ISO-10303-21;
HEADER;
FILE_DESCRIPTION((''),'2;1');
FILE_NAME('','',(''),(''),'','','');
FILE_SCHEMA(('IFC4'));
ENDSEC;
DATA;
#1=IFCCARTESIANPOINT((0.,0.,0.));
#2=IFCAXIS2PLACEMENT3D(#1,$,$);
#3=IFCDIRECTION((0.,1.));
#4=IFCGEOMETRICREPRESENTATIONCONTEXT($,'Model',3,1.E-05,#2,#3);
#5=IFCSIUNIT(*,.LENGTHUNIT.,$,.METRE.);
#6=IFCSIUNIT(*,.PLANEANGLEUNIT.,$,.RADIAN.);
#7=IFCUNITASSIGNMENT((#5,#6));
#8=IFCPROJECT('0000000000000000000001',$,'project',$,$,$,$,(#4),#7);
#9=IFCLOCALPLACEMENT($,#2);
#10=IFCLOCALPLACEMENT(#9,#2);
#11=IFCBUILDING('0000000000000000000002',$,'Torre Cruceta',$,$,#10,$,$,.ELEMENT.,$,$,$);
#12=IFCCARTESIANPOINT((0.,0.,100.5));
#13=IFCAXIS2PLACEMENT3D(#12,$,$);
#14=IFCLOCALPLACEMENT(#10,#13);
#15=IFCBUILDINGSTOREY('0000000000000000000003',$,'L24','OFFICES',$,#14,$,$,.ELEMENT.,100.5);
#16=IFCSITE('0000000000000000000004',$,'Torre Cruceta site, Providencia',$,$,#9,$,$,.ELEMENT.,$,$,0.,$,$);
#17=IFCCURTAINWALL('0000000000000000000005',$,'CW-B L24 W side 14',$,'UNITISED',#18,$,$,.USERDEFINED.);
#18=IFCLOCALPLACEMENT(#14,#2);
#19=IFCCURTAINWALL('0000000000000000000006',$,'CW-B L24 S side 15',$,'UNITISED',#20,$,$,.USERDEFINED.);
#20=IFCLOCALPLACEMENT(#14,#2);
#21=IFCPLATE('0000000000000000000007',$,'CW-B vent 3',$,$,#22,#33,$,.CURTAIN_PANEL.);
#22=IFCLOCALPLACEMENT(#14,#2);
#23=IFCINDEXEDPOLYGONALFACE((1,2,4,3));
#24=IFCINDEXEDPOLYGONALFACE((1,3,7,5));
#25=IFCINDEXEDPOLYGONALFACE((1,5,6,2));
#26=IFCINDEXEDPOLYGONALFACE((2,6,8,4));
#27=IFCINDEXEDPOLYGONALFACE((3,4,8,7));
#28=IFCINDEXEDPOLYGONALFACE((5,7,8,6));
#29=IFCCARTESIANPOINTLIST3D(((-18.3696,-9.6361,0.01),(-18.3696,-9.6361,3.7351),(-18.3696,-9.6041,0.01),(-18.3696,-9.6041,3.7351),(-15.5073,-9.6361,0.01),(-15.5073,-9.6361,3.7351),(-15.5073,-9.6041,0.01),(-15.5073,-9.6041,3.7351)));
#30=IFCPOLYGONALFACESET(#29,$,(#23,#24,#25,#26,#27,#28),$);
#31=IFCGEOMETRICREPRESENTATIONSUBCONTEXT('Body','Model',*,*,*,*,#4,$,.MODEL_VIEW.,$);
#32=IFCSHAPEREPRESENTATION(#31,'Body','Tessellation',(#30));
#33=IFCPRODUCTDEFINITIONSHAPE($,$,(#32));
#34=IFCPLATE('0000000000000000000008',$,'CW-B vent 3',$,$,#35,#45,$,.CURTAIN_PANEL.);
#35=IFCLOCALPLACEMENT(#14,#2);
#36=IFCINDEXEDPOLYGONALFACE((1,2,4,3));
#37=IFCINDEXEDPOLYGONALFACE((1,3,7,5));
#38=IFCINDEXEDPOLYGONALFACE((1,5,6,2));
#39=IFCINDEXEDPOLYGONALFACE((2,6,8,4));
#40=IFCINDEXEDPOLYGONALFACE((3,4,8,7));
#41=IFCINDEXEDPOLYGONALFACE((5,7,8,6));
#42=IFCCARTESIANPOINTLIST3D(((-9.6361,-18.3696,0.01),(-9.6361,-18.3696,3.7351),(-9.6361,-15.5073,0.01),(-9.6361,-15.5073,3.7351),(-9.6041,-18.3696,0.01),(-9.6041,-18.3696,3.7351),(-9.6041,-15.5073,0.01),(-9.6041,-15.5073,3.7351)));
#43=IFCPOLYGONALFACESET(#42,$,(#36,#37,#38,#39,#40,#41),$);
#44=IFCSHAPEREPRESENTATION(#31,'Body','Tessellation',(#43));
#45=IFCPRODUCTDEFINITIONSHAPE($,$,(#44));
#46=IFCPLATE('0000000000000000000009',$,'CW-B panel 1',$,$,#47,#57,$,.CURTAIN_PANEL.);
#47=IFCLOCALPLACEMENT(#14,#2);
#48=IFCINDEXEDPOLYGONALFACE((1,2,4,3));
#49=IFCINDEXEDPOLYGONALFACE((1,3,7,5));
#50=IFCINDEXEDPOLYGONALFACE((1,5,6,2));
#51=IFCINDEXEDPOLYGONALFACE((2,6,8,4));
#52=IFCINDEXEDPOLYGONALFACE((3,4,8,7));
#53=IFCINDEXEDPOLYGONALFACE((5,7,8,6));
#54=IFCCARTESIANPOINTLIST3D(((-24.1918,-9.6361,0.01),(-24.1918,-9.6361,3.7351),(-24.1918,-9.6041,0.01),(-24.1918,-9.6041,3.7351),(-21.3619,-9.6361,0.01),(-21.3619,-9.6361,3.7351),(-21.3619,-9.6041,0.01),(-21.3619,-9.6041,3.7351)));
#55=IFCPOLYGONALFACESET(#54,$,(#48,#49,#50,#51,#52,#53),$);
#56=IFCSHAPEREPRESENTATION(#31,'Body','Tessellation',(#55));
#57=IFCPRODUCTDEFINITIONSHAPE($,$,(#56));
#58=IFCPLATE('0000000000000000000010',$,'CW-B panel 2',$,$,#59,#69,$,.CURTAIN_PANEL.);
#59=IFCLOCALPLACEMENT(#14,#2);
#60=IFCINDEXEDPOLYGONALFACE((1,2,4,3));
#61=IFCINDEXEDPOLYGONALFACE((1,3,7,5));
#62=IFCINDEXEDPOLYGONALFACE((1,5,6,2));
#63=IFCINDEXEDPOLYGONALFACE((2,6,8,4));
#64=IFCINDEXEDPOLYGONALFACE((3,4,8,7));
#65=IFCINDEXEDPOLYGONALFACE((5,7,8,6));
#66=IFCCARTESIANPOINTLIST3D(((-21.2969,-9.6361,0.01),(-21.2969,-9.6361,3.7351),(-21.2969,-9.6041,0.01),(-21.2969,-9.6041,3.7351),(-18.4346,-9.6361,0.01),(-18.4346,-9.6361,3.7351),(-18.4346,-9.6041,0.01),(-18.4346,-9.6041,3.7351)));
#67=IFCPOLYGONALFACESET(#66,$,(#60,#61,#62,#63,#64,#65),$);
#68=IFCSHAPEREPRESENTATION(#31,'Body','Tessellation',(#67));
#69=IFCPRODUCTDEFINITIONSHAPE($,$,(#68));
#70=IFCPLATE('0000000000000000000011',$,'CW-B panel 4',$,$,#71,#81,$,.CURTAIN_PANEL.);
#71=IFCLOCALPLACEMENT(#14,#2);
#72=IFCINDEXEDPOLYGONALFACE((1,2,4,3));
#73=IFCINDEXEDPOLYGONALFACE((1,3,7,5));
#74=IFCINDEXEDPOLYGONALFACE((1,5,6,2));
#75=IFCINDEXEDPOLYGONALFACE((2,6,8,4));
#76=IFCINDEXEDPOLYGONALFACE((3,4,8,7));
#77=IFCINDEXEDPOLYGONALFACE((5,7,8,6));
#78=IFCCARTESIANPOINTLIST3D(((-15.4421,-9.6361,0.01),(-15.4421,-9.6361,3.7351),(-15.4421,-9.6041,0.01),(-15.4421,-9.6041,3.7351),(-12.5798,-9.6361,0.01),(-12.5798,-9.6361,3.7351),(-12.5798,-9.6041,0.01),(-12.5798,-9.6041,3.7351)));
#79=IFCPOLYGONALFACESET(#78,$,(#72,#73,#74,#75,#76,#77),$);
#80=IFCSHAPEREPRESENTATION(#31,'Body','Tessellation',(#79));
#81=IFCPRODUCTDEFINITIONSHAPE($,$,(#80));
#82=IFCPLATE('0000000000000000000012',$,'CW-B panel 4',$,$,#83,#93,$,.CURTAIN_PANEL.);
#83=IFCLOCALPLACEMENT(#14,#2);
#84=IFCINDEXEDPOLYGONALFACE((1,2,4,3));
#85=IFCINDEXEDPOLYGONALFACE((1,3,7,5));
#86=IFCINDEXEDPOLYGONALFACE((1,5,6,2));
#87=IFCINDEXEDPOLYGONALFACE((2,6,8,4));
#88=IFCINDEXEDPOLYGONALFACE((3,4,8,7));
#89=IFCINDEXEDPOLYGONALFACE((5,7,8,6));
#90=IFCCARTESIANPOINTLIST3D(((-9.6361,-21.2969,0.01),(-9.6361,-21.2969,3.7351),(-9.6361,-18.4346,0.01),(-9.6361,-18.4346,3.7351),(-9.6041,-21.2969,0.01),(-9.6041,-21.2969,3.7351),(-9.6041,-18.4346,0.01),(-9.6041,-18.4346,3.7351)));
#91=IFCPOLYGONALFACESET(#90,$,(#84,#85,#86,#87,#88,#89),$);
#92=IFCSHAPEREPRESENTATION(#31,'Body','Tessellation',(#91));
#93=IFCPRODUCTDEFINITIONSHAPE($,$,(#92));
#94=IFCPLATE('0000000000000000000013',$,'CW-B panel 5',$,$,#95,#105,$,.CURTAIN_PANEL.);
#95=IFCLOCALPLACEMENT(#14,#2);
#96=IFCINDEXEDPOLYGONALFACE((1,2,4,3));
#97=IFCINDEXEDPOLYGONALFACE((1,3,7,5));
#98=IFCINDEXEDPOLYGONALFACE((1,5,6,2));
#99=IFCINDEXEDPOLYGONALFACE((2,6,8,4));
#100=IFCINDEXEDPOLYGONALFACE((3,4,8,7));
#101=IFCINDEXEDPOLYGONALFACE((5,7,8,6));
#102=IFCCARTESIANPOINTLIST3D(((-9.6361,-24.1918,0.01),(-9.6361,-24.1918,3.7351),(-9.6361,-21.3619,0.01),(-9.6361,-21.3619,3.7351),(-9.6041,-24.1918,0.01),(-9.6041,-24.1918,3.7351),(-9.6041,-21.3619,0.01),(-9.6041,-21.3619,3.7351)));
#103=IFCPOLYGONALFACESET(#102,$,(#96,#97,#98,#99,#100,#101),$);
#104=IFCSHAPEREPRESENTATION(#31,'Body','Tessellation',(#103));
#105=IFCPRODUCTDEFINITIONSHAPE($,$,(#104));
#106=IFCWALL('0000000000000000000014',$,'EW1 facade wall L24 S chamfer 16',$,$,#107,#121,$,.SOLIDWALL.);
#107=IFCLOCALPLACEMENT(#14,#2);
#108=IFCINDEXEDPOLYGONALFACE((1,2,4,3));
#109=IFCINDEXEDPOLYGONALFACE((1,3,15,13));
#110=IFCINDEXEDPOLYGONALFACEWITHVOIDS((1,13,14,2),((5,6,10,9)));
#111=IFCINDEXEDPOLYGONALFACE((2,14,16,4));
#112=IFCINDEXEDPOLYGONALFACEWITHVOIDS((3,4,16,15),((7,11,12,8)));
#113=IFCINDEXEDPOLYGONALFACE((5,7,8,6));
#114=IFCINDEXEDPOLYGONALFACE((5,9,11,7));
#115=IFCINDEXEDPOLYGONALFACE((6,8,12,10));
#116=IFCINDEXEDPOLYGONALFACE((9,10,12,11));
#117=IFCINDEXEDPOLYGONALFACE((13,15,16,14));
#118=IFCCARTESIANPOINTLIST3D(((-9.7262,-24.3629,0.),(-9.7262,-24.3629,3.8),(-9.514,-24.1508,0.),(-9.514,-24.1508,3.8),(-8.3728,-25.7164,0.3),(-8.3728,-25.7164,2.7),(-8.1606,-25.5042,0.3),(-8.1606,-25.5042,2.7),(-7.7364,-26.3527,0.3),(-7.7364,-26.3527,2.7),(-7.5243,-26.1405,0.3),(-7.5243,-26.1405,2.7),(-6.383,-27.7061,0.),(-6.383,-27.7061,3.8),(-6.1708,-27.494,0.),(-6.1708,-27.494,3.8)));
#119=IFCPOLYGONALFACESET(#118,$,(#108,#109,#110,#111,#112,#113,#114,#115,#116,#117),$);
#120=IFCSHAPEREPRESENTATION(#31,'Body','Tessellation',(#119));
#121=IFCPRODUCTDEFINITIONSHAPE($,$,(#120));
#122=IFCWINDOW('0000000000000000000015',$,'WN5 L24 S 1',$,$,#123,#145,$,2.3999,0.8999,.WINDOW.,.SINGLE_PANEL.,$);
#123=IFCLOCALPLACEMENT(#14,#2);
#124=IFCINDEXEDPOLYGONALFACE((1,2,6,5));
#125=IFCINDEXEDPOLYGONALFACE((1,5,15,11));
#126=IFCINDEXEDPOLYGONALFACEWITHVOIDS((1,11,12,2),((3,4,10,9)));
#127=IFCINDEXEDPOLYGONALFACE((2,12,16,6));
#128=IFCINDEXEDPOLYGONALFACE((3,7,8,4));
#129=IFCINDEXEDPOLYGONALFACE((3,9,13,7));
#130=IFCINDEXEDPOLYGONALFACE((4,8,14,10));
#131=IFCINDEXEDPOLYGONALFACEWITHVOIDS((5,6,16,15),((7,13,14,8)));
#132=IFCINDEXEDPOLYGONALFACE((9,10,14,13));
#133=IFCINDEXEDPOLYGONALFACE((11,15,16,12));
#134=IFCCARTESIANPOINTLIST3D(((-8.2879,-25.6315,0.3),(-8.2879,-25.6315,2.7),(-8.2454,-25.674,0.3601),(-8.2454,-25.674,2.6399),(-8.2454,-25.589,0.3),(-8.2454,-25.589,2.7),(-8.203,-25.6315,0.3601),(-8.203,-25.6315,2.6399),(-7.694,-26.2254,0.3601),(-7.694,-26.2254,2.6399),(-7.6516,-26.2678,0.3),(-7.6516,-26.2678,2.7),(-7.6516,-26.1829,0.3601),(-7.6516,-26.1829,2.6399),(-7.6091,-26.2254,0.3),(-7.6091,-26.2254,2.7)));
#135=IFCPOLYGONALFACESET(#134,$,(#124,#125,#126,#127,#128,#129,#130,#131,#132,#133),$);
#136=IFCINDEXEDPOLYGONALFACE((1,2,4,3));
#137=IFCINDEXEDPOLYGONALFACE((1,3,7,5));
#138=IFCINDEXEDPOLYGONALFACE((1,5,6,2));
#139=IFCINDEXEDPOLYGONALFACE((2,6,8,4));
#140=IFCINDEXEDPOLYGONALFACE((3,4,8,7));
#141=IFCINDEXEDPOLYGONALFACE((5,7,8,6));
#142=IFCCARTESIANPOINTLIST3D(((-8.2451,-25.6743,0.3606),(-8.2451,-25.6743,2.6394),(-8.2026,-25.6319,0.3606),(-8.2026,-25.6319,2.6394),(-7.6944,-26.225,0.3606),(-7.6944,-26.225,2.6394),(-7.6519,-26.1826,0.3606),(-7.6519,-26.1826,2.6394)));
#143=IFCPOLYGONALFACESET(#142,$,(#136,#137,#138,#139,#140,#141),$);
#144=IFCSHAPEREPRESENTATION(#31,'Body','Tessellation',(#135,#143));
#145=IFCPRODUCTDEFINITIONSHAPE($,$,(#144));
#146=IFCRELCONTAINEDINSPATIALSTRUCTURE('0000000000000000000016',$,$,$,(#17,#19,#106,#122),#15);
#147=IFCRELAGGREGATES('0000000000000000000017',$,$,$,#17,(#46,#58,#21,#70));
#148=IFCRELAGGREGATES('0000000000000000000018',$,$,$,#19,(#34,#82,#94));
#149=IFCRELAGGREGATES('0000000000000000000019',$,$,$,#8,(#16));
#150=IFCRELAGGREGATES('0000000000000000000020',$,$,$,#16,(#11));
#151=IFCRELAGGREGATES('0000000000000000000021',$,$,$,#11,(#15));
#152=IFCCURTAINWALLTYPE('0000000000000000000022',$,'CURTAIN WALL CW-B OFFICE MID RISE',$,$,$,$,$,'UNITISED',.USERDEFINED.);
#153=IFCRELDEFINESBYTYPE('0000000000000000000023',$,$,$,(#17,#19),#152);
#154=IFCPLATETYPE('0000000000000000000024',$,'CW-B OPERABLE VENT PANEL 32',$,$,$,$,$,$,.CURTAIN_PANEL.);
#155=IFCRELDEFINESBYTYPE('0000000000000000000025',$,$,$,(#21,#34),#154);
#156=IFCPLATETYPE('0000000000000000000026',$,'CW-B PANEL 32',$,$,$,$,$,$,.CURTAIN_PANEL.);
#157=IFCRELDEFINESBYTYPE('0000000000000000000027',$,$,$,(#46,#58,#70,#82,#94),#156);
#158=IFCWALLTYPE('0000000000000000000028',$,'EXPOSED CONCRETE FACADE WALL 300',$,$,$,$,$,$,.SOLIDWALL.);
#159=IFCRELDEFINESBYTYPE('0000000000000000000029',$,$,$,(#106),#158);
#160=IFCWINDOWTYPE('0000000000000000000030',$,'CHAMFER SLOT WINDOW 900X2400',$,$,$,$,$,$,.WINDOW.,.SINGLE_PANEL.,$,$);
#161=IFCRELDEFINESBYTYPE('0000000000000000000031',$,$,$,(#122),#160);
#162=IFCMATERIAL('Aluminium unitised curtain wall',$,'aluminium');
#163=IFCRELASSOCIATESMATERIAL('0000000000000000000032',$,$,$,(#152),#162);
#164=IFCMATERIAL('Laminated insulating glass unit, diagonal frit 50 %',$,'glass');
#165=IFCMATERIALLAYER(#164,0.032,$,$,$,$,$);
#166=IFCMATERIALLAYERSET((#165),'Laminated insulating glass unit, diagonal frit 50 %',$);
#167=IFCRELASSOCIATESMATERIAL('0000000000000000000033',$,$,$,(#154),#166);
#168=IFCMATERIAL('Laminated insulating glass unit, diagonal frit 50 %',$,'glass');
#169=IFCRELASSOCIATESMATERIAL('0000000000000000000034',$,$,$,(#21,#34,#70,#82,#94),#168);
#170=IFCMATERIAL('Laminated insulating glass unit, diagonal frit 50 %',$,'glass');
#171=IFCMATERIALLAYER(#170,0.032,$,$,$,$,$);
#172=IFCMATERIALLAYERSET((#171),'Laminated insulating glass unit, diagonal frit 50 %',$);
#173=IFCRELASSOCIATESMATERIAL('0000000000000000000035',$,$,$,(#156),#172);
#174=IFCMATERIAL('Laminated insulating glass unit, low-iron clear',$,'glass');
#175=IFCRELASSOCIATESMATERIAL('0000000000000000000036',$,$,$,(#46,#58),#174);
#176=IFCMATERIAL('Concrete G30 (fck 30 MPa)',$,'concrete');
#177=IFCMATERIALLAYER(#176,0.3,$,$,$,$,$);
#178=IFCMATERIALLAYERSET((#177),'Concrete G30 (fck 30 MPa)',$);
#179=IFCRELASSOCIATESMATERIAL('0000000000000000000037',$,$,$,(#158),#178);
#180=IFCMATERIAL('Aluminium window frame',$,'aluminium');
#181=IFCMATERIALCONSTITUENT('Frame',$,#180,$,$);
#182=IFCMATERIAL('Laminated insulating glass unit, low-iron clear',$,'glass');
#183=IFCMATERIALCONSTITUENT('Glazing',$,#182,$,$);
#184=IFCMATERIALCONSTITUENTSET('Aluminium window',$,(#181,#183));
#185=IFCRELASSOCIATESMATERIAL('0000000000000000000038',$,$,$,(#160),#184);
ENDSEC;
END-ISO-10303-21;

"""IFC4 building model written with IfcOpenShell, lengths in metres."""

from ifc_helpers import new_model, si_unit, direction, frame, frame_2d, origin, origin_2d, place, context, subcontext, project, spatial, rectangle, hollow_rectangle, extrude, material, layer, layer_set, constituent, constituent_set, type_object, element, fill, aggregate, save


model = new_model("IFC4")

# Units and contexts
model_context = context("Model", 3, precision=1e-05, world=origin(), true_north=direction((0.0, 1.0)))
body_context = subcontext(model_context, "Body", "Model", "MODEL_VIEW")
ifc_project = project(units=[si_unit("LENGTHUNIT", "METRE"), si_unit("PLANEANGLEUNIT", "RADIAN")], contexts=[model_context])

# Site, building, storey
site_placement = place(None, origin())
site = spatial("IfcSite", under=ifc_project, at=site_placement, Name="Torre Cruceta site, Providencia", CompositionType="ELEMENT", RefElevation=0.0)
building_placement = place(site_placement, origin())
building = spatial("IfcBuilding", under=site, at=building_placement, Name="Torre Cruceta", CompositionType="ELEMENT")
storey_placement = place(building_placement, frame((0.0, 0.0, 100.5)))
storey = spatial("IfcBuildingStorey", under=building, at=storey_placement, Name="L24", Description="OFFICES", CompositionType="ELEMENT", Elevation=100.5)

# Curtain walls
ifc_material_1 = material(Name="Aluminium unitised curtain wall", Category="aluminium")
curtain_wall_type = type_object("IfcCurtainWallType", Name="CURTAIN WALL CW-B OFFICE MID RISE", ElementType="UNITISED", PredefinedType="USERDEFINED", material=ifc_material_1)
curtain_wall_1_placement = place(storey_placement, origin())
curtain_wall_1 = element("IfcCurtainWall", 1, at=curtain_wall_1_placement, inside=storey, type_object=curtain_wall_type, Name="CW-B L24 W side 14", ObjectType="UNITISED", PredefinedType="USERDEFINED")
curtain_wall_2_placement = place(storey_placement, origin())
curtain_wall_2 = element("IfcCurtainWall", 2, at=curtain_wall_2_placement, inside=storey, type_object=curtain_wall_type, Name="CW-B L24 S side 15", ObjectType="UNITISED", PredefinedType="USERDEFINED")

# Plates
ifc_material_2 = material(Name="Laminated insulating glass unit, diagonal frit 50 %", Category="glass")
ifc_material_3 = material(Name="Laminated insulating glass unit, diagonal frit 50 %", Category="glass")
ifc_layer_1 = layer(ifc_material_3, 0.032)
ifc_layer_set_1 = layer_set([ifc_layer_1], Name="Laminated insulating glass unit, diagonal frit 50 %")
plate_type_1 = type_object("IfcPlateType", Name="CW-B OPERABLE VENT PANEL 32", PredefinedType="CURTAIN_PANEL", material=ifc_layer_set_1)
plate_1_placement = place(storey_placement, frame((-16.9385, -9.6201, 0.01), z_axis=(0.0, 0.0, 1.0), x_axis=(1.0, 0.0, 0.0)))
plate_1 = element("IfcPlate", 3, at=plate_1_placement, type_object=plate_type_1, material=ifc_material_2, Name="CW-B vent 3", PredefinedType="CURTAIN_PANEL", context=body_context, shape_type="SweptSolid", body=[
    extrude(rectangle(XDim=2.8623, YDim=0.032, at=origin_2d()), origin(), (0.0, 0.0, 1.0), 3.7251),
])
plate_2_placement = place(storey_placement, frame((-9.6201, -16.9385, 0.01), z_axis=(0.0, 0.0, 1.0), x_axis=(0.0, -1.0, 0.0)))
plate_2 = element("IfcPlate", 4, at=plate_2_placement, type_object=plate_type_1, material=ifc_material_2, Name="CW-B vent 3", PredefinedType="CURTAIN_PANEL", context=body_context, shape_type="SweptSolid", body=[
    extrude(rectangle(XDim=2.8623, YDim=0.032, at=origin_2d()), origin(), (0.0, 0.0, 1.0), 3.7251),
])
ifc_material_4 = material(Name="Laminated insulating glass unit, low-iron clear", Category="glass")
ifc_material_5 = material(Name="Laminated insulating glass unit, diagonal frit 50 %", Category="glass")
ifc_layer_2 = layer(ifc_material_5, 0.032)
ifc_layer_set_2 = layer_set([ifc_layer_2], Name="Laminated insulating glass unit, diagonal frit 50 %")
plate_type_2 = type_object("IfcPlateType", Name="CW-B PANEL 32", PredefinedType="CURTAIN_PANEL", material=ifc_layer_set_2)
plate_3_placement = place(storey_placement, frame((-22.7769, -9.6201, 0.01), z_axis=(0.0, 0.0, 1.0), x_axis=(1.0, 0.0, 0.0)))
plate_3 = element("IfcPlate", 5, at=plate_3_placement, type_object=plate_type_2, material=ifc_material_4, Name="CW-B panel 1", PredefinedType="CURTAIN_PANEL", context=body_context, shape_type="SweptSolid", body=[
    extrude(rectangle(XDim=2.8298, YDim=0.032, at=origin_2d()), origin(), (0.0, 0.0, 1.0), 3.7251),
])
plate_4_placement = place(storey_placement, frame((-19.8657, -9.6201, 0.01), z_axis=(0.0, 0.0, 1.0), x_axis=(1.0, 0.0, 0.0)))
plate_4 = element("IfcPlate", 6, at=plate_4_placement, type_object=plate_type_2, material=ifc_material_4, Name="CW-B panel 2", PredefinedType="CURTAIN_PANEL", context=body_context, shape_type="SweptSolid", body=[
    extrude(rectangle(XDim=2.8623, YDim=0.032, at=origin_2d()), origin(), (0.0, 0.0, 1.0), 3.7251),
])
plate_5_placement = place(storey_placement, frame((-14.011, -9.6201, 0.01), z_axis=(0.0, 0.0, 1.0), x_axis=(1.0, 0.0, 0.0)))
plate_5 = element("IfcPlate", 7, at=plate_5_placement, type_object=plate_type_2, material=ifc_material_2, Name="CW-B panel 4", PredefinedType="CURTAIN_PANEL", context=body_context, shape_type="SweptSolid", body=[
    extrude(rectangle(XDim=2.8623, YDim=0.032, at=origin_2d()), origin(), (0.0, 0.0, 1.0), 3.7251),
])
aggregate(curtain_wall_1, [plate_3, plate_4, plate_1, plate_5])
plate_6_placement = place(storey_placement, frame((-9.6201, -19.8657, 0.01), z_axis=(0.0, 0.0, 1.0), x_axis=(0.0, -1.0, 0.0)))
plate_6 = element("IfcPlate", 8, at=plate_6_placement, type_object=plate_type_2, material=ifc_material_2, Name="CW-B panel 4", PredefinedType="CURTAIN_PANEL", context=body_context, shape_type="SweptSolid", body=[
    extrude(rectangle(XDim=2.8623, YDim=0.032, at=origin_2d()), origin(), (0.0, 0.0, 1.0), 3.7251),
])
plate_7_placement = place(storey_placement, frame((-9.6201, -22.7769, 0.01), z_axis=(0.0, 0.0, 1.0), x_axis=(0.0, -1.0, 0.0)))
plate_7 = element("IfcPlate", 9, at=plate_7_placement, type_object=plate_type_2, material=ifc_material_2, Name="CW-B panel 5", PredefinedType="CURTAIN_PANEL", context=body_context, shape_type="SweptSolid", body=[
    extrude(rectangle(XDim=2.8298, YDim=0.032, at=origin_2d()), origin(), (0.0, 0.0, 1.0), 3.7251),
])
aggregate(curtain_wall_2, [plate_2, plate_6, plate_7])

# Wall, opening, window
ifc_material_6 = material(Name="Concrete G30 (fck 30 MPa)", Category="concrete")
ifc_layer_3 = layer(ifc_material_6, 0.3)
ifc_layer_set_3 = layer_set([ifc_layer_3], Name="Concrete G30 (fck 30 MPa)")
wall_type = type_object("IfcWallType", Name="EXPOSED CONCRETE FACADE WALL 300", PredefinedType="SOLIDWALL", material=ifc_layer_set_3)
wall_placement = place(storey_placement, frame((-9.6201, -24.2568, 0.0), z_axis=(0.0, 0.0, 1.0), x_axis=(0.707107, -0.707107, 0.0)))
wall = element("IfcWall", 10, at=wall_placement, inside=storey, type_object=wall_type, Name="EW1 facade wall L24 S chamfer 16", PredefinedType="SOLIDWALL", context=body_context, shape_type="SweptSolid", body=[
    extrude(rectangle(XDim=4.728, YDim=0.3, at=frame_2d((2.364, 0.0))), origin(), (0.0, 0.0, 1.0), 3.8),
])
opening_placement = place(wall_placement, frame((1.9141, 0.0, 0.3)))
opening = element("IfcOpeningElement", 11, at=opening_placement, cuts=wall, PredefinedType="OPENING", context=body_context, shape_type="SweptSolid", body=[
    extrude(rectangle(XDim=0.8999, YDim=2.3999, at=frame_2d((0.45, 1.2))), frame((0.0, 0.1599, 0.0), z_axis=(0.0, -1.0, 0.0), x_axis=(1.0, 0.0, 0.0)), (0.0, 0.0, 1.0), 0.3201),
])
ifc_material_7 = material(Name="Aluminium window frame", Category="aluminium")
ifc_constituent_1 = constituent(ifc_material_7, Name="Frame")
ifc_material_8 = material(Name="Laminated insulating glass unit, low-iron clear", Category="glass")
ifc_constituent_2 = constituent(ifc_material_8, Name="Glazing")
ifc_constituent_set = constituent_set(constituents=[ifc_constituent_1, ifc_constituent_2], Name="Aluminium window")
window_type = type_object("IfcWindowType", Name="CHAMFER SLOT WINDOW 900X2400", PartitioningType="SINGLE_PANEL", PredefinedType="WINDOW", material=ifc_constituent_set)
window_placement = place(opening_placement, origin())
window = element("IfcWindow", 12, at=window_placement, inside=storey, type_object=window_type, Name="WN5 L24 S 1", OverallHeight=2.3999, OverallWidth=0.8999, PartitioningType="SINGLE_PANEL", PredefinedType="WINDOW", context=body_context, shape_type="SweptSolid", body=[
    extrude(hollow_rectangle(XDim=0.8999, YDim=2.3999, WallThickness=0.0601, at=frame_2d((0.45, 1.2))), frame((0.0, 0.03, 0.0), z_axis=(0.0, -1.0, 0.0), x_axis=(1.0, 0.0, 0.0)), (0.0, 0.0, 1.0), 0.0601),
    extrude(rectangle(XDim=0.7788, YDim=2.2788, at=frame_2d((0.45, 1.2))), frame((0.0, 0.03, 0.0), z_axis=(0.0, -1.0, 0.0), x_axis=(1.0, 0.0, 0.0)), (0.0, 0.0, 1.0), 0.0601),
])
fill(opening, window)

save(model, "model.ifc")
